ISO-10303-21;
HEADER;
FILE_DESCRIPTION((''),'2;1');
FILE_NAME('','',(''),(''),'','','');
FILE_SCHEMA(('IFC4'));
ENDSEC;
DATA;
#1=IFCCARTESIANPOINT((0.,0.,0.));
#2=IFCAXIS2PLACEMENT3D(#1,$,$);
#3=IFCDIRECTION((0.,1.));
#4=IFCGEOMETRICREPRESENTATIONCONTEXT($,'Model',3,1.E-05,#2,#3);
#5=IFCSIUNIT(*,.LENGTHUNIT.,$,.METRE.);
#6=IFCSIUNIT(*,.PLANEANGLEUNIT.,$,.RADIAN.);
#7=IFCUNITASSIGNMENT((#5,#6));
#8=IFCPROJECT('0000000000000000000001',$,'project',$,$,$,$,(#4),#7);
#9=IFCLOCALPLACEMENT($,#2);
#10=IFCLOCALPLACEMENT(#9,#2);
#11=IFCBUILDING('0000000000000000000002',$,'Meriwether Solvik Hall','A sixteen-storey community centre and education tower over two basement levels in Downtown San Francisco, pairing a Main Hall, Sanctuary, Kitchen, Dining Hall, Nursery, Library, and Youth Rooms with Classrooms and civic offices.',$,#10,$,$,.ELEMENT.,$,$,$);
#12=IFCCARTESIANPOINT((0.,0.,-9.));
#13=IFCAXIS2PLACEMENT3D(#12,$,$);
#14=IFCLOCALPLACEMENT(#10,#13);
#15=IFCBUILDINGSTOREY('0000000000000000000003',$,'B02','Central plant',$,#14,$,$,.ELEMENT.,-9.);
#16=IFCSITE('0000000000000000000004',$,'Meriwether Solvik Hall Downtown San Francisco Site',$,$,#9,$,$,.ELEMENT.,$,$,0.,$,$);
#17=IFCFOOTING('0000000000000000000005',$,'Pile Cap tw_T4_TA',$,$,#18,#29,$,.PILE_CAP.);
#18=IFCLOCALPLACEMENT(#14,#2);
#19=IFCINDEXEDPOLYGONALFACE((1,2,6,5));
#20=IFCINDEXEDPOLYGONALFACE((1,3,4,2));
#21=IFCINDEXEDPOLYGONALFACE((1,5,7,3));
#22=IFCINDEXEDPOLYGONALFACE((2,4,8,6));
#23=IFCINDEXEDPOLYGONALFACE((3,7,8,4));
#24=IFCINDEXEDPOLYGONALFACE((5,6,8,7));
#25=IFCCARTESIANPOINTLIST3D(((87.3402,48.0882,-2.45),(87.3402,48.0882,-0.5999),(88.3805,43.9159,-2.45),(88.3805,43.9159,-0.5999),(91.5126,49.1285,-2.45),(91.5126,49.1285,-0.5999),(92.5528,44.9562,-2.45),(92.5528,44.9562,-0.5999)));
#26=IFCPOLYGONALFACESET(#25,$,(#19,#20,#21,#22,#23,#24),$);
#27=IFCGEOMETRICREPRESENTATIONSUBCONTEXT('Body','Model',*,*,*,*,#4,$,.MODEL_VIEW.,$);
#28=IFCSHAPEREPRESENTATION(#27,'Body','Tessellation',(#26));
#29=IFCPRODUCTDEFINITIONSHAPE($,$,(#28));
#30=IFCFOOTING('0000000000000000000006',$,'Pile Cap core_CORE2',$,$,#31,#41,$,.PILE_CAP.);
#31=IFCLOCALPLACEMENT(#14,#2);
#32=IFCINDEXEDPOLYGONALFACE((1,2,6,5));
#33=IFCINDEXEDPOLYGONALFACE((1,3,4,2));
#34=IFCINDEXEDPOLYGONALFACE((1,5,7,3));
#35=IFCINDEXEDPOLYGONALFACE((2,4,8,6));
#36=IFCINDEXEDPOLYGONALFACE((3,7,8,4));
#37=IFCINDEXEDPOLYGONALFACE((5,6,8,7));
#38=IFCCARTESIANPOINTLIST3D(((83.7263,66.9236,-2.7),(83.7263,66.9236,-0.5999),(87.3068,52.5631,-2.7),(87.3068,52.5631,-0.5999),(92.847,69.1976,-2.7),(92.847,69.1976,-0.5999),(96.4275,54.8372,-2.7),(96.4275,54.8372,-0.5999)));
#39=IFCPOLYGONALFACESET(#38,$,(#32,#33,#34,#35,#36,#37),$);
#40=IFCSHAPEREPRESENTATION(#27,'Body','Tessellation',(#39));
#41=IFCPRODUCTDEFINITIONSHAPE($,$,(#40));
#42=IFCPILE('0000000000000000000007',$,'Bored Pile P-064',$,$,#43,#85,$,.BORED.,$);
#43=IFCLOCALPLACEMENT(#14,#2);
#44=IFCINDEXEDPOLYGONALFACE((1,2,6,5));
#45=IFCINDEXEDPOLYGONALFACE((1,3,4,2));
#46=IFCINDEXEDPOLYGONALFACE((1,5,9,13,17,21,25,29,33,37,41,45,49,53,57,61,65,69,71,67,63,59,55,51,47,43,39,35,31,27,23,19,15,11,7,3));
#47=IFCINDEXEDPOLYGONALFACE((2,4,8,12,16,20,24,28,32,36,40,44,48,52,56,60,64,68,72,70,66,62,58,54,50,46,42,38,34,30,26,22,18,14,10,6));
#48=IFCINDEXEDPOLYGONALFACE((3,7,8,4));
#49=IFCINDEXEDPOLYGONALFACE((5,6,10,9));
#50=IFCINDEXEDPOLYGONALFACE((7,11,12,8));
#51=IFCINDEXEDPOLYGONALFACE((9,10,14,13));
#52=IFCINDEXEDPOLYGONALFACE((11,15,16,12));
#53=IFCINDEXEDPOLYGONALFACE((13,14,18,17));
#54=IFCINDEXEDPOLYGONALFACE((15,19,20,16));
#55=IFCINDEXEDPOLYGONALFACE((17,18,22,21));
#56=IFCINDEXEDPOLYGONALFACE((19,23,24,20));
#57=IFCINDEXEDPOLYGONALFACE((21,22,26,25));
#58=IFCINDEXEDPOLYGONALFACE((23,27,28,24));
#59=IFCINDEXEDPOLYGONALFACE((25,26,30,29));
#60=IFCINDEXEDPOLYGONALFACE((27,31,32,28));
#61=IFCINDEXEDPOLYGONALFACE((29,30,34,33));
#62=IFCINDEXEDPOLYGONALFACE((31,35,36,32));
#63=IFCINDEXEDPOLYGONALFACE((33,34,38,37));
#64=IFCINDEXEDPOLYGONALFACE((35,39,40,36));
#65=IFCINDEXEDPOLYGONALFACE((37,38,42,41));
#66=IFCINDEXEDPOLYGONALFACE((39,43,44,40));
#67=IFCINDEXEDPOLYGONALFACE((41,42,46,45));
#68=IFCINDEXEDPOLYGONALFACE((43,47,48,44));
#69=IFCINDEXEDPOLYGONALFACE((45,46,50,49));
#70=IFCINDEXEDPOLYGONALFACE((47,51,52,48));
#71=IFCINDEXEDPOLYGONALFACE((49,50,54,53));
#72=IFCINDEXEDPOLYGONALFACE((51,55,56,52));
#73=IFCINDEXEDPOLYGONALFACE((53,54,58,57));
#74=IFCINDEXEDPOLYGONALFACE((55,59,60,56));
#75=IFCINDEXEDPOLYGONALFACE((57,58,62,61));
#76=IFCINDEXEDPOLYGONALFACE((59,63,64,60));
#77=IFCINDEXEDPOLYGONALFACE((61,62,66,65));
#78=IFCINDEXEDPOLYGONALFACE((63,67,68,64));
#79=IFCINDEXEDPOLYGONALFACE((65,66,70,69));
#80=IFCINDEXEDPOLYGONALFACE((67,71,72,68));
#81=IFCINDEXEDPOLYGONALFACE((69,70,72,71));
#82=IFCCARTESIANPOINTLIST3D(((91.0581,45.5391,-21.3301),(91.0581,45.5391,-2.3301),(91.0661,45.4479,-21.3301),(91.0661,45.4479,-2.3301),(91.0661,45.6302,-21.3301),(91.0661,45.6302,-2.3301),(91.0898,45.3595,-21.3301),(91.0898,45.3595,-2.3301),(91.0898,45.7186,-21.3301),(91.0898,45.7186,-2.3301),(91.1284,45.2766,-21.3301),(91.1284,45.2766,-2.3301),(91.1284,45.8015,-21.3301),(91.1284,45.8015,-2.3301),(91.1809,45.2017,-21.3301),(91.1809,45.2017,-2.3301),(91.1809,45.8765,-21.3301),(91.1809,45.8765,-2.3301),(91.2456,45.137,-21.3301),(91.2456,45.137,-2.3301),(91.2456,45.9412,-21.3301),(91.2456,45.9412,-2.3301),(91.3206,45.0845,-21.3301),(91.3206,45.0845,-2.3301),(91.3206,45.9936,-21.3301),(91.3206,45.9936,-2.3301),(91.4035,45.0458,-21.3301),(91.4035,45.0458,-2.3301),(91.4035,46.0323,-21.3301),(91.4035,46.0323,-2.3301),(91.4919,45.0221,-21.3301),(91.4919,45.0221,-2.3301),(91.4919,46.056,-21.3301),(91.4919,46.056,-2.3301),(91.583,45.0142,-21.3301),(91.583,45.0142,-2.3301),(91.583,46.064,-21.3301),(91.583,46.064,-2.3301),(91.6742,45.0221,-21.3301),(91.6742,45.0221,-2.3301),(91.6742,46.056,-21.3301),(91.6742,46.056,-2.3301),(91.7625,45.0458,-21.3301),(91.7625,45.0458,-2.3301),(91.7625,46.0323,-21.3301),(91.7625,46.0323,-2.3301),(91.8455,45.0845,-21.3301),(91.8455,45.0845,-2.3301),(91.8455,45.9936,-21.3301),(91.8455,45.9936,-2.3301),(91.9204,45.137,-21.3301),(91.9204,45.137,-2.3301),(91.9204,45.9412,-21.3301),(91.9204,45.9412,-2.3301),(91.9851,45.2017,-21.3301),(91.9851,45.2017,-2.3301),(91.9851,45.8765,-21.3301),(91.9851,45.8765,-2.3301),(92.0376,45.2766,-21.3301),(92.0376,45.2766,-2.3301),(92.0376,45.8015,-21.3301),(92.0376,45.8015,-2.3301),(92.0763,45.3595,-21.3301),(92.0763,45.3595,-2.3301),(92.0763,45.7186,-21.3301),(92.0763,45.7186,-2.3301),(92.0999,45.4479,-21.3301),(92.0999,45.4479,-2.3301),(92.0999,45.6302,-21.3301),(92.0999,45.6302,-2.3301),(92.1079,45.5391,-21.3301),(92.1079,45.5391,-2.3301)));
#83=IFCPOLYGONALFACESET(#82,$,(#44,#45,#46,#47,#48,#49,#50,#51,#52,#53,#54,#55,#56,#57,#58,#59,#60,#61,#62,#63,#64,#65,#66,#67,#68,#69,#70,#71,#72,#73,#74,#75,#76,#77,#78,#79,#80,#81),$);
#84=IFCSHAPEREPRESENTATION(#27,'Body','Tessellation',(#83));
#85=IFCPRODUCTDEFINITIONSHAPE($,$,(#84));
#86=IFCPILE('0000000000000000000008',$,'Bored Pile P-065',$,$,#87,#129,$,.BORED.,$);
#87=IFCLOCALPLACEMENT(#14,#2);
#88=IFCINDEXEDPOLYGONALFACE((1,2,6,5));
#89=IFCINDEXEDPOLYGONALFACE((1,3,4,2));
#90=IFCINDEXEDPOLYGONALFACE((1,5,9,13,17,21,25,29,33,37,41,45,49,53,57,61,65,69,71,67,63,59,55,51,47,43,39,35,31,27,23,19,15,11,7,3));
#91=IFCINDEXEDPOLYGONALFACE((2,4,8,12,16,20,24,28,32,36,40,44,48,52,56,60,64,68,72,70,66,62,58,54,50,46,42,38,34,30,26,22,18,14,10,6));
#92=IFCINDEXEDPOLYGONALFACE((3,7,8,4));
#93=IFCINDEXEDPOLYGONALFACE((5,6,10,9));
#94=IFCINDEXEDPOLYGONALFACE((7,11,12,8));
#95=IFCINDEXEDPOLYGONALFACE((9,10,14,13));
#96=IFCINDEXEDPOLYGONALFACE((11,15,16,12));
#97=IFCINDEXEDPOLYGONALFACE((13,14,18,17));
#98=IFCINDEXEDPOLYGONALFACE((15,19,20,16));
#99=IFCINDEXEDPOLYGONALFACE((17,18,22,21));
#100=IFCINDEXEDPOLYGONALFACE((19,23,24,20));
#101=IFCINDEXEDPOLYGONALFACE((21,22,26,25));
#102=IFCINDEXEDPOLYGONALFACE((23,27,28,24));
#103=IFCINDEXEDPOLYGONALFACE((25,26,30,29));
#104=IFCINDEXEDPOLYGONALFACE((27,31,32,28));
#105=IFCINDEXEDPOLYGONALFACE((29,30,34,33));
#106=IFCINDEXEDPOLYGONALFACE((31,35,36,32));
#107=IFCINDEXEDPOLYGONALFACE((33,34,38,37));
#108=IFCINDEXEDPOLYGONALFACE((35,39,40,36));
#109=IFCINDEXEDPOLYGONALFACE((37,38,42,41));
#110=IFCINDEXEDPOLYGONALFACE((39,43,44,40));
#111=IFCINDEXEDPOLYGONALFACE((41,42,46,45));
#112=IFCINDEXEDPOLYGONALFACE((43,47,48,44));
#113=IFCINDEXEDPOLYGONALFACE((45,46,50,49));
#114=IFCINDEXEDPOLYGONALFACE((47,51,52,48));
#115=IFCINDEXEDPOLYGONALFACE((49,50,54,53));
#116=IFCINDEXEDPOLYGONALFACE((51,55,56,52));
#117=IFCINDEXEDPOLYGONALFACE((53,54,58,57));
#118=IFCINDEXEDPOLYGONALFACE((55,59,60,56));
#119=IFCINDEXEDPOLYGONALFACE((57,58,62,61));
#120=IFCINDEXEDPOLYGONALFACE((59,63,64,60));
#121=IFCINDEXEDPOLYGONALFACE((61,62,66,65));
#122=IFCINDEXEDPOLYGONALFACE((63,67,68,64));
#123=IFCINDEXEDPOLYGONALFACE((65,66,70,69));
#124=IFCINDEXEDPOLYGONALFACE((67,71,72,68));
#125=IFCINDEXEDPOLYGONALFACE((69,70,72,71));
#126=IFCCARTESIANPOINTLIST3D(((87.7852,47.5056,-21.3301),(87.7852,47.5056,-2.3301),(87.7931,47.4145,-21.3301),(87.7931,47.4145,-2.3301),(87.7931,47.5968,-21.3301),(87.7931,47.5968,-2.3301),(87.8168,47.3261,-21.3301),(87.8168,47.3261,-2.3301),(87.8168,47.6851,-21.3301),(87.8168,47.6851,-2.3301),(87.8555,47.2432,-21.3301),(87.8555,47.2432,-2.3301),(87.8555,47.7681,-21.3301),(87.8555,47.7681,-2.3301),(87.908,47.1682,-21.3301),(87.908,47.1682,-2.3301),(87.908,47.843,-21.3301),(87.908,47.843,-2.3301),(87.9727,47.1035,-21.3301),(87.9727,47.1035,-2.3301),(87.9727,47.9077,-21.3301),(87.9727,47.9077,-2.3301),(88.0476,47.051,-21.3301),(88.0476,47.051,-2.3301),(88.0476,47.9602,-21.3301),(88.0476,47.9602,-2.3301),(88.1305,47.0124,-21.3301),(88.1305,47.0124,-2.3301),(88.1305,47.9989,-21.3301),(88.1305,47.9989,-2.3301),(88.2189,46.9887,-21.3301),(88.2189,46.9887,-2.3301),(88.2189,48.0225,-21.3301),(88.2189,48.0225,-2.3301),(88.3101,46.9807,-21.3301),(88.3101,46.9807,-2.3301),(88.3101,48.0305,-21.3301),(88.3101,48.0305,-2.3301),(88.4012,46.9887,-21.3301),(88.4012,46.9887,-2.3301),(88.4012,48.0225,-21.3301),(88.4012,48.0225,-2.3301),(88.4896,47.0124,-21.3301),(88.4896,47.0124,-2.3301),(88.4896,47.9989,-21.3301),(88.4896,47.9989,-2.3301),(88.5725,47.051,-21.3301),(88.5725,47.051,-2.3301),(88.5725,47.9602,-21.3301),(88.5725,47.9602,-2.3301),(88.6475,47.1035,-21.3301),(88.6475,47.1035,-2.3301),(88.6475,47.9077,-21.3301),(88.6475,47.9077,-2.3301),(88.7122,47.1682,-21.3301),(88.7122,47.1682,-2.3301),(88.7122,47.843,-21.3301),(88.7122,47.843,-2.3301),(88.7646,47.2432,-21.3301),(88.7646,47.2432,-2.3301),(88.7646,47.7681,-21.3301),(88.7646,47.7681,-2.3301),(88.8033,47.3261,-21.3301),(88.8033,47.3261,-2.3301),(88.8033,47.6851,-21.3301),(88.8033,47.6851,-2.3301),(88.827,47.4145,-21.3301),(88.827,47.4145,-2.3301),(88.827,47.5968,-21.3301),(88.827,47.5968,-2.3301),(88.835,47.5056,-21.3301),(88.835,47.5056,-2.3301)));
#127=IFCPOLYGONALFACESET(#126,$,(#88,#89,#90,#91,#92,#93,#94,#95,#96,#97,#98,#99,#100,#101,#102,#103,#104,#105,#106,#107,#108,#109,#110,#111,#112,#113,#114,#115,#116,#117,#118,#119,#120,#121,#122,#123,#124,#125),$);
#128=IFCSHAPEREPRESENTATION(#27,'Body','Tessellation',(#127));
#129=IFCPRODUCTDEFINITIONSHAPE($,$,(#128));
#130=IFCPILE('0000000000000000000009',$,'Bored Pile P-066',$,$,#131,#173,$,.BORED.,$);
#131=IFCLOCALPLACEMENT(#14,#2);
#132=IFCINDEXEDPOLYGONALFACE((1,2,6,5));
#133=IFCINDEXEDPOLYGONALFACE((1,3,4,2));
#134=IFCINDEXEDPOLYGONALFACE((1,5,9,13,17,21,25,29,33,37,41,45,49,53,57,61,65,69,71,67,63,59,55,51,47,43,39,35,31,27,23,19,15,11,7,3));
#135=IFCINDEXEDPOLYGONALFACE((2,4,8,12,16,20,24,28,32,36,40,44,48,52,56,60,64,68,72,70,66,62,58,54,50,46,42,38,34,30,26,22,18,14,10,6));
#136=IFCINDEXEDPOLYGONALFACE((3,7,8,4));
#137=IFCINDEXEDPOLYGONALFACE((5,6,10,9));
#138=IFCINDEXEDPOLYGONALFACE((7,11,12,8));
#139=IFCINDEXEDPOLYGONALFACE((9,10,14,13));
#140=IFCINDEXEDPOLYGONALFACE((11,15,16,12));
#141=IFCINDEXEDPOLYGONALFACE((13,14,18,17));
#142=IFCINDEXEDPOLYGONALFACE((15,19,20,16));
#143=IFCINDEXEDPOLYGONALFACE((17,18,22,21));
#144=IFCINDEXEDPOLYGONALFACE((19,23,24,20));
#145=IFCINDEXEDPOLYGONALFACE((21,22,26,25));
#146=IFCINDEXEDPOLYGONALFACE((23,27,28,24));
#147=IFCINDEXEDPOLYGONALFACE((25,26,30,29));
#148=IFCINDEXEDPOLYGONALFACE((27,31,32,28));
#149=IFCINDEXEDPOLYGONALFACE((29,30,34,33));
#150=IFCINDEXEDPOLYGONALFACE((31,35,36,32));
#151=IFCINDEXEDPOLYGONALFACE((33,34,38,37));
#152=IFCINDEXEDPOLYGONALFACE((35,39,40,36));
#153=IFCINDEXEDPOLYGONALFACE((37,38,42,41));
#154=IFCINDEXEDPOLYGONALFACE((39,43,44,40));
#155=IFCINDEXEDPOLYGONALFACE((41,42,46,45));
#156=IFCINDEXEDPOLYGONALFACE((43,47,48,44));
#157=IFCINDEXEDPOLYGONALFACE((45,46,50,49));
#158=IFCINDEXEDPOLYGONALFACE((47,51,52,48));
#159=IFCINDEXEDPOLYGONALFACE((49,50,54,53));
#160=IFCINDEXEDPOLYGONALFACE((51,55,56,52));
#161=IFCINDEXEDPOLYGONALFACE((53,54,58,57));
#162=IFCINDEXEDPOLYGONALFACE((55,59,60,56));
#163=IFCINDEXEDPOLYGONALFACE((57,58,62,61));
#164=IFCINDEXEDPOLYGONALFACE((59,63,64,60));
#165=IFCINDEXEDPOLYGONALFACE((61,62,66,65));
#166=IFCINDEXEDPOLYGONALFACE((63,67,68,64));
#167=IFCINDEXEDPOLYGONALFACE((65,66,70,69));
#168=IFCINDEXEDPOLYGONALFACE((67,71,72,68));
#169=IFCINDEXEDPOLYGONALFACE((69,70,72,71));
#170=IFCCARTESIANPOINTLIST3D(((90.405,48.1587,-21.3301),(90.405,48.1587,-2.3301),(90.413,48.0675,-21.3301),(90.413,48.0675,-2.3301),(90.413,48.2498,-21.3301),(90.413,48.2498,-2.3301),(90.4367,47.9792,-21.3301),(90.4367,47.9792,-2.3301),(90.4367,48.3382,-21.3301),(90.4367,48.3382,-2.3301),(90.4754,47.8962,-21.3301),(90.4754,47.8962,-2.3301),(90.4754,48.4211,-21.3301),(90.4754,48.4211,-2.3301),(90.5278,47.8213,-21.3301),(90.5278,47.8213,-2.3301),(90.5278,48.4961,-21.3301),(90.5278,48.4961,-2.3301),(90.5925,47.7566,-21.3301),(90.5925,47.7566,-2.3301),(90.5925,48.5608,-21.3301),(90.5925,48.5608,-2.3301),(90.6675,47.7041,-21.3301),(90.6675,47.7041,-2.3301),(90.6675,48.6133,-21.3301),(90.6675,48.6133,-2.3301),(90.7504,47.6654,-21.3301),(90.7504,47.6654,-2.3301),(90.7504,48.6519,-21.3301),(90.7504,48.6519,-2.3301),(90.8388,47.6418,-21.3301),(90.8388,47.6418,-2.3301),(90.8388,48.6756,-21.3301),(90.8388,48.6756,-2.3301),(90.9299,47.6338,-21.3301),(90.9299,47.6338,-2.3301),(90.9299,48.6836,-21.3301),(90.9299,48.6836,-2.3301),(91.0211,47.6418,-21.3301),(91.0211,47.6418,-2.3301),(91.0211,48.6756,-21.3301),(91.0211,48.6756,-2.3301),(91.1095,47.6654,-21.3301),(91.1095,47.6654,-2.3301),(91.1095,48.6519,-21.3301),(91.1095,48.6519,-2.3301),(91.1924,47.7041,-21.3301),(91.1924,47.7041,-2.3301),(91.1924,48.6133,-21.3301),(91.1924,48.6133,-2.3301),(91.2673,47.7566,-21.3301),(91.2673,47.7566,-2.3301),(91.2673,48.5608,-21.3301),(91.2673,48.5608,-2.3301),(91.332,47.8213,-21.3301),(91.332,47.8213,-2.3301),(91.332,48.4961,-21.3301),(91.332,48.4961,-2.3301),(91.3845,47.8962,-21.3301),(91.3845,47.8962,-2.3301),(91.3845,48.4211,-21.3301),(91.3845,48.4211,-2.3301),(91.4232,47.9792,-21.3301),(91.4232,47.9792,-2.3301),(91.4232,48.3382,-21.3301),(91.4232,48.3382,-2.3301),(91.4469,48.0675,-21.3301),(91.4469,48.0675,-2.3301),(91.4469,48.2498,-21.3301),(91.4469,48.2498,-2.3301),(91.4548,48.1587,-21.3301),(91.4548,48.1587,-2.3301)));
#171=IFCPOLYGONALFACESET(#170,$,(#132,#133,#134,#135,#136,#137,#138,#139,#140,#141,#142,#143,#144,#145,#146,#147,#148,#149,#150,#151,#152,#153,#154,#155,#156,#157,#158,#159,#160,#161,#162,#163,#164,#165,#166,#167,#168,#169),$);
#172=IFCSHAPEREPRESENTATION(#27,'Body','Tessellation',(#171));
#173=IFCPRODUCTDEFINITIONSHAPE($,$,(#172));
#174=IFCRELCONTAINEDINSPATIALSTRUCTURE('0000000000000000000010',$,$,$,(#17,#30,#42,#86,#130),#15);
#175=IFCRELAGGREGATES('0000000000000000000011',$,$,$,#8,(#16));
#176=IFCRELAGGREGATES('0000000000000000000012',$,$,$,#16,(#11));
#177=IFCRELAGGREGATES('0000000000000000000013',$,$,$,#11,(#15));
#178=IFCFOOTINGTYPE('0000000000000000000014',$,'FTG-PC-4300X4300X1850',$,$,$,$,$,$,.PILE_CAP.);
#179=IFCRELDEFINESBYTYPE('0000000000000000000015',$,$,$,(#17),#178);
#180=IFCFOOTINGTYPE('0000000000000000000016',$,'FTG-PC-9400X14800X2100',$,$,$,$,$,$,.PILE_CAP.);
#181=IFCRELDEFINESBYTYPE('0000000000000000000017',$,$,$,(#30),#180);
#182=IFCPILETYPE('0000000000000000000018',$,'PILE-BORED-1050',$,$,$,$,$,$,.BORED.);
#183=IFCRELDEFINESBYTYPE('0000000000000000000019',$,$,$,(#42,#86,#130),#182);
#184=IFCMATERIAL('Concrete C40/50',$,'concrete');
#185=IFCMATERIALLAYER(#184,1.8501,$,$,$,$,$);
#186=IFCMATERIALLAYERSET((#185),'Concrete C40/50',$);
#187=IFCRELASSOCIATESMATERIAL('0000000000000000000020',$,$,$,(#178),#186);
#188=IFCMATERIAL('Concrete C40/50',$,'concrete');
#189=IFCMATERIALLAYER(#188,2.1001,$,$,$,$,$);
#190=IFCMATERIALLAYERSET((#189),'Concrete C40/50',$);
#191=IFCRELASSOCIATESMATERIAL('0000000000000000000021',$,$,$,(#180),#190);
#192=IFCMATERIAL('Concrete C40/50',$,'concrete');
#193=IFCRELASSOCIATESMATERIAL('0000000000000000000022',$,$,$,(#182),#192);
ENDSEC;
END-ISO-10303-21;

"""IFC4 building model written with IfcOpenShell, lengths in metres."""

from ifc_helpers import new_model, si_unit, direction, frame, origin, origin_2d, place, context, subcontext, project, spatial, rectangle, circle, extrude, material, layer, layer_set, material_profile, profile_set, type_object, element, save


model = new_model("IFC4")

# Units and contexts
model_context = context("Model", 3, precision=1e-05, world=origin(), true_north=direction((0.0, 1.0)))
body_context = subcontext(model_context, "Body", "Model", "MODEL_VIEW")
ifc_project = project(units=[si_unit("LENGTHUNIT", "METRE"), si_unit("PLANEANGLEUNIT", "RADIAN")], contexts=[model_context])

# Site, building, storey
site_placement = place(None, origin())
site = spatial("IfcSite", under=ifc_project, at=site_placement, Name="Meriwether Solvik Hall Downtown San Francisco Site", CompositionType="ELEMENT", RefElevation=0.0)
building_placement = place(site_placement, origin())
building = spatial("IfcBuilding", under=site, at=building_placement, Name="Meriwether Solvik Hall", Description="A sixteen-storey community centre and education tower over two basement levels in Downtown San Francisco, pairing a Main Hall, Sanctuary, Kitchen, Dining Hall, Nursery, Library, and Youth Rooms with Classrooms and civic offices.", CompositionType="ELEMENT")
storey_placement = place(building_placement, frame((0.0, 0.0, -9.0)))
storey = spatial("IfcBuildingStorey", under=building, at=storey_placement, Name="B02", Description="Central plant", CompositionType="ELEMENT", Elevation=-9.0)

# Footings
ifc_material_1 = material(Name="Concrete C40/50", Category="concrete")
ifc_layer_1 = layer(ifc_material_1, 1.8501)
ifc_layer_set_1 = layer_set([ifc_layer_1], Name="Concrete C40/50")
footing_type_1 = type_object("IfcFootingType", Name="FTG-PC-4300X4300X1850", PredefinedType="PILE_CAP", material=ifc_layer_set_1)
footing_1_placement = place(storey_placement, frame((89.9465, 46.5222, -2.45), z_axis=(0.0, 0.0, 1.0), x_axis=(0.970296, 0.241922, 0.0)))
element("IfcFooting", 1, at=footing_1_placement, inside=storey, type_object=footing_type_1, Name="Pile Cap tw_T4_TA", PredefinedType="PILE_CAP", context=body_context, shape_type="SweptSolid", body=[
    extrude(rectangle(XDim=4.3, YDim=4.3, at=origin_2d()), origin(), (0.0, 0.0, 1.0), 1.8501),
])
ifc_material_2 = material(Name="Concrete C40/50", Category="concrete")
ifc_layer_2 = layer(ifc_material_2, 2.1001)
ifc_layer_set_2 = layer_set([ifc_layer_2], Name="Concrete C40/50")
footing_type_2 = type_object("IfcFootingType", Name="FTG-PC-9400X14800X2100", PredefinedType="PILE_CAP", material=ifc_layer_set_2)
footing_2_placement = place(storey_placement, frame((90.0769, 60.8804, -2.7), z_axis=(0.0, 0.0, 1.0), x_axis=(0.970296, 0.241922, 0.0)))
element("IfcFooting", 2, at=footing_2_placement, inside=storey, type_object=footing_type_2, Name="Pile Cap core_CORE2", PredefinedType="PILE_CAP", context=body_context, shape_type="SweptSolid", body=[
    extrude(rectangle(XDim=9.3999, YDim=14.8, at=origin_2d()), origin(), (0.0, 0.0, 1.0), 2.1001),
])

# Piles
ifc_material_3 = material(Name="Concrete C40/50", Category="concrete")
ifc_material_profile_1 = material_profile(ifc_material_3, circle(Radius=0.5249, at=origin_2d()), Name="PILE-D1050")
ifc_profile_set_1 = profile_set([ifc_material_profile_1], Name="Concrete C40/50")
pile_type_1 = type_object("IfcPileType", Name="PILE-BORED-1050", PredefinedType="BORED", material=ifc_profile_set_1)
for number, where, z_axis, x_axis, name in (
    (3, (91.583, 45.5391, -2.3301), (0.0, 0.0, -1.0), (1.0, 0.0, 0.0), "Bored Pile P-064"),
    (4, (88.3101, 47.5056, -2.3301), (0.0, 0.0, -1.0), (1.0, 0.0, 0.0), "Bored Pile P-065"),
    (5, (90.9299, 48.1587, -2.3301), (0.0, 0.0, -1.0), (1.0, 0.0, 0.0), "Bored Pile P-066"),
):
    element("IfcPile", number, at=place(storey_placement, frame(where, z_axis=z_axis, x_axis=x_axis)), inside=storey, type_object=pile_type_1, Name=name, PredefinedType="BORED", context=body_context, shape_type="SweptSolid", body=[
        extrude(circle(Radius=0.5249, at=origin_2d()), origin(), (0.0, 0.0, 1.0), 19.0),
    ])

save(model, "model.ifc")
